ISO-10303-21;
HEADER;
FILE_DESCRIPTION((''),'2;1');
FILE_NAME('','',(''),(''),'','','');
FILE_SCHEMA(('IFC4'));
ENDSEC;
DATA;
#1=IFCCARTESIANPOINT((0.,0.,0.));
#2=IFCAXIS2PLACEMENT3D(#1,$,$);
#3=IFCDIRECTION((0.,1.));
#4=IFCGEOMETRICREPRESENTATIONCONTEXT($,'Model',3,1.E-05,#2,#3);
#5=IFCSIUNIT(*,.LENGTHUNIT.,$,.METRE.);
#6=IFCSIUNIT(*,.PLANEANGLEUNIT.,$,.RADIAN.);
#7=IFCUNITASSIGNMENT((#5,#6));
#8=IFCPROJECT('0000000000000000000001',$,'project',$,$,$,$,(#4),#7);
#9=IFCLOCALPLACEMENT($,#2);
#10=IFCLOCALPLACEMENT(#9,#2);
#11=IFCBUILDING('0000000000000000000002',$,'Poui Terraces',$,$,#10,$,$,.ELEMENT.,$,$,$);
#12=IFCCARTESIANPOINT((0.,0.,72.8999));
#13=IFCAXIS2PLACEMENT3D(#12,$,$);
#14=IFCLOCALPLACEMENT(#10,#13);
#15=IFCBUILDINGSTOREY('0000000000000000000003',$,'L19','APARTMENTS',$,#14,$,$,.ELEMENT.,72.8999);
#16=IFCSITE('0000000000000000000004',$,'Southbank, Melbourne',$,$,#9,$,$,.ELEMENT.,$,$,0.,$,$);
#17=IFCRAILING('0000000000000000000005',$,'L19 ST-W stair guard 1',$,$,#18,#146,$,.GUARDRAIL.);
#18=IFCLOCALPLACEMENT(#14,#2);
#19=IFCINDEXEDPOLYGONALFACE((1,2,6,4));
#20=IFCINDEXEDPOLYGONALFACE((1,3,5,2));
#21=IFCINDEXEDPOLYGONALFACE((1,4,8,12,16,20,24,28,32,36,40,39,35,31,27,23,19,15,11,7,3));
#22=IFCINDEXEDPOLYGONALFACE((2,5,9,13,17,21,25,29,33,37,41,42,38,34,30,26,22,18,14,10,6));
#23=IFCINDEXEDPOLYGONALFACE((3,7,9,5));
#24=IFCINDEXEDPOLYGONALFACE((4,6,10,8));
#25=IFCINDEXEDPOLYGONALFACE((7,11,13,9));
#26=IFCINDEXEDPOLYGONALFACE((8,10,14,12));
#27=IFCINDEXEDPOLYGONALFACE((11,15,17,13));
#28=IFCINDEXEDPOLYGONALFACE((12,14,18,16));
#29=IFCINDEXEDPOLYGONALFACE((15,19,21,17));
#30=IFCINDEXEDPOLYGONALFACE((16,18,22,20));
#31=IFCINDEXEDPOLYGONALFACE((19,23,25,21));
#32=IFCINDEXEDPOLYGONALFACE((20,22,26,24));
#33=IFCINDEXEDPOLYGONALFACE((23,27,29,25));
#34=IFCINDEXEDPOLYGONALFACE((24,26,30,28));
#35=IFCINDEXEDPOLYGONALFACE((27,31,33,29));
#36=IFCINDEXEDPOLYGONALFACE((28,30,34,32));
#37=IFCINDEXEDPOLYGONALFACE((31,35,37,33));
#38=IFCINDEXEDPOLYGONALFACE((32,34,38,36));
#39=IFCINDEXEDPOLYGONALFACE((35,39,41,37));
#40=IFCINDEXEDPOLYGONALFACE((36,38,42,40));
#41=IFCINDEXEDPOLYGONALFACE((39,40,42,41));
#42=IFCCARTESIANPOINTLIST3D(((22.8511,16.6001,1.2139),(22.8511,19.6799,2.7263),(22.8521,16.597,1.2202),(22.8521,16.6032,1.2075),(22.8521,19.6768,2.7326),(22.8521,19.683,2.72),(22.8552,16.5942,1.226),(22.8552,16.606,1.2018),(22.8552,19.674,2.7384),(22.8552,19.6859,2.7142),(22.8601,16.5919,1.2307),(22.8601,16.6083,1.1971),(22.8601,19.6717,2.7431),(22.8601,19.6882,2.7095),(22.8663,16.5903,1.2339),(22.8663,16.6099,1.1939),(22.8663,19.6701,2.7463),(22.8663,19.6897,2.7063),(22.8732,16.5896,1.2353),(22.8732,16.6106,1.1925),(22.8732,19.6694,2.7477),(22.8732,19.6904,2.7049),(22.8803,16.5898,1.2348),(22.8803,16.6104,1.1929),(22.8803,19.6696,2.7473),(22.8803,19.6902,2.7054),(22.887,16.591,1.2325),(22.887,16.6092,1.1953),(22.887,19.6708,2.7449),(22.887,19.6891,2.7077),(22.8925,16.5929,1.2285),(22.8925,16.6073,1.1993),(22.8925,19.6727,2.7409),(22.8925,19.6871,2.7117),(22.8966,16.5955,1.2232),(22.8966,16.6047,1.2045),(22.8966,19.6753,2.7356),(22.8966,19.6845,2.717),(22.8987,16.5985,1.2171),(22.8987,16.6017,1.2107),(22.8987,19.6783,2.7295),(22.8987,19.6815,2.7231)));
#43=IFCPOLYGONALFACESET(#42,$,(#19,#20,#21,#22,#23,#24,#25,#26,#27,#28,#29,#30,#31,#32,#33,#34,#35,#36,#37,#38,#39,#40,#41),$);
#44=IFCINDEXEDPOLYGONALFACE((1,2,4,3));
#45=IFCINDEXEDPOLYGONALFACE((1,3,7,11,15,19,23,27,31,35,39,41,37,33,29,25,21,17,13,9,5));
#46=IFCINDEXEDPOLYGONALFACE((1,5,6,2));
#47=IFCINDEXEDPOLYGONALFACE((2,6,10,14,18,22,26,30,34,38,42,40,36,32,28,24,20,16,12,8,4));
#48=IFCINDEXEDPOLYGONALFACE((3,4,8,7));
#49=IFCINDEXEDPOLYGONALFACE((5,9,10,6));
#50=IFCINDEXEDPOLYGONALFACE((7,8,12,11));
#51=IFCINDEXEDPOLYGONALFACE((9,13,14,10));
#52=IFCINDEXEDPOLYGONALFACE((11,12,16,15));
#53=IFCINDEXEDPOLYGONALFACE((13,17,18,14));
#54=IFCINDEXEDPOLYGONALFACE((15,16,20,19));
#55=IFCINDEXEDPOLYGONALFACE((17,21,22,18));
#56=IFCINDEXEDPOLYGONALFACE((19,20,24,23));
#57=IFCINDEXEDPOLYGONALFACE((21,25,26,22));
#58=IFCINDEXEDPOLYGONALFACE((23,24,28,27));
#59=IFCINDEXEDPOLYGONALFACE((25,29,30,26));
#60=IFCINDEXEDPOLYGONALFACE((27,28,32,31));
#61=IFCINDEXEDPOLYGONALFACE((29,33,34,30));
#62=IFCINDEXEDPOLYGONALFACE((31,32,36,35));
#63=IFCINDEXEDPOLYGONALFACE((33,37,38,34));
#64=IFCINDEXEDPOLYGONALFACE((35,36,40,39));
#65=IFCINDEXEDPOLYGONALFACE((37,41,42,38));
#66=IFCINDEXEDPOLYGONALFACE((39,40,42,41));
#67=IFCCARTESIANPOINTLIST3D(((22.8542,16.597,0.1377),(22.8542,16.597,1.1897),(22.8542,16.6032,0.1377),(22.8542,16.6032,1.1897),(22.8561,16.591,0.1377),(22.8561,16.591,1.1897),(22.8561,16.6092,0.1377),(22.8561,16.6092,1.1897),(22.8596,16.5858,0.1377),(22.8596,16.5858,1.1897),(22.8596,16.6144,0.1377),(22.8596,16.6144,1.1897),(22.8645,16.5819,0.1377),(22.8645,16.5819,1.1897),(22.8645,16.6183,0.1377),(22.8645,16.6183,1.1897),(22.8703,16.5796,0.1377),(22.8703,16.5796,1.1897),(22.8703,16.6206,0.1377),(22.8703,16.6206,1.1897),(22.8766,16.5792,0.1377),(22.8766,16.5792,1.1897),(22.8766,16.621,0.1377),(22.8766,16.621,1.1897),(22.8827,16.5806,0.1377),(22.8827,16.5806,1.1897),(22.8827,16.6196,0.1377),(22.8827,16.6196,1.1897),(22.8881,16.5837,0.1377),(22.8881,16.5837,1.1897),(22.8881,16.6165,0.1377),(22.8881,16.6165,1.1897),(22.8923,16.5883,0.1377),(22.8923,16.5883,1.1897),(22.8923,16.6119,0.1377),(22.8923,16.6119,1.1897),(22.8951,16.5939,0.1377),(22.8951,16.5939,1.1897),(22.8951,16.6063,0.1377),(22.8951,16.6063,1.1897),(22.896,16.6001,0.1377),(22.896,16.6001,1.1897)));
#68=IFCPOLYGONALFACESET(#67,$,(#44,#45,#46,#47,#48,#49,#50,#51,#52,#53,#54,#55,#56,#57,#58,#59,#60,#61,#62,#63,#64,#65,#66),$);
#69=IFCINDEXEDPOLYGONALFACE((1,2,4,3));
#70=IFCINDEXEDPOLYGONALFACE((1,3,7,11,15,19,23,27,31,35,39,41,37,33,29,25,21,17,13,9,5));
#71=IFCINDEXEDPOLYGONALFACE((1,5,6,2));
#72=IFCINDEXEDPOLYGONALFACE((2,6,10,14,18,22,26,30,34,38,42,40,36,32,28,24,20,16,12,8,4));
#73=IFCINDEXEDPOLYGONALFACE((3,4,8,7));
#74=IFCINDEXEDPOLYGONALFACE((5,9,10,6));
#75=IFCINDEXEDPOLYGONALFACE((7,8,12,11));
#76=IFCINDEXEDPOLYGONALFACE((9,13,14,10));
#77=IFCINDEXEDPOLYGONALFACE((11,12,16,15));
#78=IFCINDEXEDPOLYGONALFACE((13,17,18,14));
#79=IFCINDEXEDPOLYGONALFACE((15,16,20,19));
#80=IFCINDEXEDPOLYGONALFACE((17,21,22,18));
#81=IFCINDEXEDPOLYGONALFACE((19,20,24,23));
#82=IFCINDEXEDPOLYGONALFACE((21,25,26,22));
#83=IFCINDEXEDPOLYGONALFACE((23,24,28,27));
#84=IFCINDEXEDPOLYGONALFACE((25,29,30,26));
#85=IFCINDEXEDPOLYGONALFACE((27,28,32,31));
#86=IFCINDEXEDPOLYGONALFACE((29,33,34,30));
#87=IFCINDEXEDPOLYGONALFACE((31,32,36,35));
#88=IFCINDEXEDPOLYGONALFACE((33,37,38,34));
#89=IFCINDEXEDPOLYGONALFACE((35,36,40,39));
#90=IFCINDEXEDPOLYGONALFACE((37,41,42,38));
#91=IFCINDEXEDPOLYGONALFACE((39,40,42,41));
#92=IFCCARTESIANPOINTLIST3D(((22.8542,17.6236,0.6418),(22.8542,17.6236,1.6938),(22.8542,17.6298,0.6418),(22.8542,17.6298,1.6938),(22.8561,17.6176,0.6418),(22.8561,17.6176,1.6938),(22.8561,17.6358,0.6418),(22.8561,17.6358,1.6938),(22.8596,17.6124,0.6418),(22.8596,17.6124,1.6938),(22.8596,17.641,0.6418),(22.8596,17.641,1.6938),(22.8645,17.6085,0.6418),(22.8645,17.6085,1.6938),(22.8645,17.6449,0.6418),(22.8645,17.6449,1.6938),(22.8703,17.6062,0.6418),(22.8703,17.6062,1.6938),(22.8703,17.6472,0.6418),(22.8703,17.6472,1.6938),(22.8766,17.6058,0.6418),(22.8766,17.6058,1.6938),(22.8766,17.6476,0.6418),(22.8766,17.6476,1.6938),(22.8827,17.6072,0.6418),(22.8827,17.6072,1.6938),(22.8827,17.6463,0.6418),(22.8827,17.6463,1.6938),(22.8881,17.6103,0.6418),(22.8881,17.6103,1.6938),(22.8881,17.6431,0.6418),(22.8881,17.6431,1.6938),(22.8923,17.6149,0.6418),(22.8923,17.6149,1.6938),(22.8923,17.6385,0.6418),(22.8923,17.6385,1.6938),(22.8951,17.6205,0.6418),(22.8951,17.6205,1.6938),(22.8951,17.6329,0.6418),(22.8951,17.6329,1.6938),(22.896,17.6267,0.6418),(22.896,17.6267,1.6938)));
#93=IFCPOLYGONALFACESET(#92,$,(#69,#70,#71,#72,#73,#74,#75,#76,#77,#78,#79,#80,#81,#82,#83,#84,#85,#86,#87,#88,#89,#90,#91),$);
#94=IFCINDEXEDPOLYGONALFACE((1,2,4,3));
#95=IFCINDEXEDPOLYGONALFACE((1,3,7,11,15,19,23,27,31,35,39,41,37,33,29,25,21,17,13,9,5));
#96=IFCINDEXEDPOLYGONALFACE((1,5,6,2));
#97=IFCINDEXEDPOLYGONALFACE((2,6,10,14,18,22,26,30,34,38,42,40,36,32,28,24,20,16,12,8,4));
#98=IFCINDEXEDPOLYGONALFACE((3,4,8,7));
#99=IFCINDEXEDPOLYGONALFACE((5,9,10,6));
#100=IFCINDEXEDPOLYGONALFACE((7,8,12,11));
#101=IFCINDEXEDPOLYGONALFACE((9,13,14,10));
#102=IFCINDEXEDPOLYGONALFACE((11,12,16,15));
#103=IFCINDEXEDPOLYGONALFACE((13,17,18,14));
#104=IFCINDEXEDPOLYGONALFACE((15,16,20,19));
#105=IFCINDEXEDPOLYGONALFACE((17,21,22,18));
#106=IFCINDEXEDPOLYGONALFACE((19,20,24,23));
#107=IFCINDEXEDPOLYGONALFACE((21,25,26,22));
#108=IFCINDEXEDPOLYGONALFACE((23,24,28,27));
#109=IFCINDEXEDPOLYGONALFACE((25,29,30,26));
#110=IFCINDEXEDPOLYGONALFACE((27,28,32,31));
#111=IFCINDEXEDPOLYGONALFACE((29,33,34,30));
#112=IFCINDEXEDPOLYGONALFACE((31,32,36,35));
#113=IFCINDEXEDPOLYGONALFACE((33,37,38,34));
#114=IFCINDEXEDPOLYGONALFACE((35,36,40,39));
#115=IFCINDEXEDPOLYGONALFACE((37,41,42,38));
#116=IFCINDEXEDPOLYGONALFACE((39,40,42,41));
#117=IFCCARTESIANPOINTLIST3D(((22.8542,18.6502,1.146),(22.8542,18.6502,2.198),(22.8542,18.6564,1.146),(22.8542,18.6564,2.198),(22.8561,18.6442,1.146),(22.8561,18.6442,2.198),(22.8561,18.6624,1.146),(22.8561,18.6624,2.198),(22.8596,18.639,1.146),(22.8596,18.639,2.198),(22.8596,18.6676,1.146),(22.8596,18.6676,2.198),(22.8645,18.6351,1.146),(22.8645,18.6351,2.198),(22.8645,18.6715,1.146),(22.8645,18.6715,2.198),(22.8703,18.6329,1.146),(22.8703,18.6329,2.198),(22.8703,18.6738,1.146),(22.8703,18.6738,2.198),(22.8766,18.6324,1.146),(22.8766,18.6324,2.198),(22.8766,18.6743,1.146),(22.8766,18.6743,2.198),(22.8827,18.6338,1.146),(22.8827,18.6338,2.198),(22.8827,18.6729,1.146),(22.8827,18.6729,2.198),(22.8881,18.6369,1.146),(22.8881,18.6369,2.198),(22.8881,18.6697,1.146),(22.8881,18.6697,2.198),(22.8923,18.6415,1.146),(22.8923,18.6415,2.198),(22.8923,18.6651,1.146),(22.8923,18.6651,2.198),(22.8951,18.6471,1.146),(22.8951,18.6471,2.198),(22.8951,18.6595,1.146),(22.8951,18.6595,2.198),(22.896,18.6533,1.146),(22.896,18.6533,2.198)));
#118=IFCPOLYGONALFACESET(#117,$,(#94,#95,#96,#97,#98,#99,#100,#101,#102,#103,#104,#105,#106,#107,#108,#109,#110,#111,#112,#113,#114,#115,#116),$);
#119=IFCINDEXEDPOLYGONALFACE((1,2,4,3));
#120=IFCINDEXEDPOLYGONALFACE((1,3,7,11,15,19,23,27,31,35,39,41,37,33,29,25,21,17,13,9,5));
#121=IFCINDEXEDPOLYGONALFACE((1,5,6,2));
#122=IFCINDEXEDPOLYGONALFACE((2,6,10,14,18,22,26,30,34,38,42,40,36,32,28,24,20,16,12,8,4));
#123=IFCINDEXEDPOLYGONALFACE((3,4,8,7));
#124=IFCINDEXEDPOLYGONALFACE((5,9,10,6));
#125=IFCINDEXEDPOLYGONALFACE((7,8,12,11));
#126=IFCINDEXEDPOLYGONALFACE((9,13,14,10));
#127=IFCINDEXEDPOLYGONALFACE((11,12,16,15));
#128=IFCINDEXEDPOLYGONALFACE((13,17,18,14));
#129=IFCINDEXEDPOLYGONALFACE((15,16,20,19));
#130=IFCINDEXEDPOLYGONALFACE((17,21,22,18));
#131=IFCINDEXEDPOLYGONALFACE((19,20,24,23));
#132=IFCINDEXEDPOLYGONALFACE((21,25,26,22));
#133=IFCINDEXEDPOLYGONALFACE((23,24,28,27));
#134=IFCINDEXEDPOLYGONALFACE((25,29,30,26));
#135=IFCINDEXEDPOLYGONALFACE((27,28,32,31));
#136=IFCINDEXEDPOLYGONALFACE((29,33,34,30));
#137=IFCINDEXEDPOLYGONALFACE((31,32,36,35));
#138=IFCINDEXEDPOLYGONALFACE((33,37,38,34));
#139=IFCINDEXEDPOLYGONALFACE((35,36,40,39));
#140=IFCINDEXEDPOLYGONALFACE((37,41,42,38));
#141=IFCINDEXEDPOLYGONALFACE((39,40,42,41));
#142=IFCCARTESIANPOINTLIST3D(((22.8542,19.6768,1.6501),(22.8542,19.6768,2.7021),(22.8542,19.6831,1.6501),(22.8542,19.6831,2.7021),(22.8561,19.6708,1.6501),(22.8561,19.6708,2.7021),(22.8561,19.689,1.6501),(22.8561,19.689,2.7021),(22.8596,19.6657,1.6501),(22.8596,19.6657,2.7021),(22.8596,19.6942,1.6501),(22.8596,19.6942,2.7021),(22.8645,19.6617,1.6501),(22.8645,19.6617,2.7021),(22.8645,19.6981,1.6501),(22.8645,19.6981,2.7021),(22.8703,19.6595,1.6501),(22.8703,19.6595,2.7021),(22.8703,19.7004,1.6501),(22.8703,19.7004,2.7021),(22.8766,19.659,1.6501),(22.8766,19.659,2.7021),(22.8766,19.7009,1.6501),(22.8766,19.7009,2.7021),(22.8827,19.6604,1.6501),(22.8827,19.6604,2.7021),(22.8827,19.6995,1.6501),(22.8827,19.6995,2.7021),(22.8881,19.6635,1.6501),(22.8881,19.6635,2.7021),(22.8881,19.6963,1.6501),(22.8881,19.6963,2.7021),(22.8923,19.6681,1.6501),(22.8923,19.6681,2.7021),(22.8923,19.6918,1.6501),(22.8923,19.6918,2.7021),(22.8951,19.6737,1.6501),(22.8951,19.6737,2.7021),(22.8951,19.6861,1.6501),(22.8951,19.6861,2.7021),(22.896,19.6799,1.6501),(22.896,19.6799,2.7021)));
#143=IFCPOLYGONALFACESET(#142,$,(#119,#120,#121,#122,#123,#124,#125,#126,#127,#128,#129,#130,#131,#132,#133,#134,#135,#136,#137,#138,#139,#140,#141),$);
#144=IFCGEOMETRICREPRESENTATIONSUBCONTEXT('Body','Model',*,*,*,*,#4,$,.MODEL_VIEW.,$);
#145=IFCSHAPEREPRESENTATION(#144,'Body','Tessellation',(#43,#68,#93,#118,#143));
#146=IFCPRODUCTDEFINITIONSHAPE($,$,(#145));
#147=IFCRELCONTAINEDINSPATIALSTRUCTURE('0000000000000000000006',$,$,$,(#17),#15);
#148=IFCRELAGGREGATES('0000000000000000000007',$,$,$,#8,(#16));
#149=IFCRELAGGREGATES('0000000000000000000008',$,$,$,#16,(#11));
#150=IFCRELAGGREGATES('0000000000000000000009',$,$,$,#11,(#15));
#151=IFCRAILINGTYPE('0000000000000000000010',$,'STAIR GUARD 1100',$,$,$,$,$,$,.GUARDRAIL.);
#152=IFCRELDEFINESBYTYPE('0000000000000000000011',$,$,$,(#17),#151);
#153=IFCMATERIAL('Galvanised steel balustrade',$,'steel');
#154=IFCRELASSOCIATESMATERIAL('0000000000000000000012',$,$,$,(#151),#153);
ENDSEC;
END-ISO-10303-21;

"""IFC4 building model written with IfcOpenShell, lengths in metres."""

from ifc_helpers import new_model, si_unit, direction, frame, origin, origin_2d, place, context, subcontext, project, spatial, circle, extrude, material, type_object, element, save


model = new_model("IFC4")

# Units and contexts
model_context = context("Model", 3, precision=1e-05, world=origin(), true_north=direction((0.0, 1.0)))
body_context = subcontext(model_context, "Body", "Model", "MODEL_VIEW")
ifc_project = project(units=[si_unit("LENGTHUNIT", "METRE"), si_unit("PLANEANGLEUNIT", "RADIAN")], contexts=[model_context])

# Site, building, storey
site_placement = place(None, origin())
site = spatial("IfcSite", under=ifc_project, at=site_placement, Name="Southbank, Melbourne", CompositionType="ELEMENT", RefElevation=0.0)
building_placement = place(site_placement, origin())
building = spatial("IfcBuilding", under=site, at=building_placement, Name="Poui Terraces", CompositionType="ELEMENT")
storey_placement = place(building_placement, frame((0.0, 0.0, 72.8999)))
storey = spatial("IfcBuildingStorey", under=building, at=storey_placement, Name="L19", Description="APARTMENTS", CompositionType="ELEMENT", Elevation=72.8999)

# Railing
ifc_material_1 = material(Name="Galvanised steel balustrade", Category="steel")
railing_type_1 = type_object("IfcRailingType", Name="STAIR GUARD 1100", PredefinedType="GUARDRAIL", material=ifc_material_1)
railing_1_placement = place(storey_placement, frame((22.875, 16.6001, 0.1377)))
element("IfcRailing", 1, at=railing_1_placement, inside=storey, type_object=railing_type_1, Name="L19 ST-W stair guard 1", PredefinedType="GUARDRAIL", context=body_context, shape_type="SweptSolid", body=[
    extrude(circle(Radius=0.0239, at=origin_2d()), frame((0.0, 0.0, 1.0762), z_axis=(0.0, 0.897606, 0.440798), x_axis=(-1.0, 0.0, 0.0)), (0.0, 0.0, 1.0), 3.4312),
    extrude(circle(Radius=0.021, at=origin_2d()), origin(), (0.0, 0.0, 1.0), 1.052),
    extrude(circle(Radius=0.021, at=origin_2d()), frame((0.0, 1.0266, 0.5042)), (0.0, 0.0, 1.0), 1.052),
    extrude(circle(Radius=0.021, at=origin_2d()), frame((0.0, 2.0532, 1.0083)), (0.0, 0.0, 1.0), 1.052),
    extrude(circle(Radius=0.021, at=origin_2d()), frame((0.0, 3.0798, 1.5125)), (0.0, 0.0, 1.0), 1.052),
])

save(model, "model.ifc")
